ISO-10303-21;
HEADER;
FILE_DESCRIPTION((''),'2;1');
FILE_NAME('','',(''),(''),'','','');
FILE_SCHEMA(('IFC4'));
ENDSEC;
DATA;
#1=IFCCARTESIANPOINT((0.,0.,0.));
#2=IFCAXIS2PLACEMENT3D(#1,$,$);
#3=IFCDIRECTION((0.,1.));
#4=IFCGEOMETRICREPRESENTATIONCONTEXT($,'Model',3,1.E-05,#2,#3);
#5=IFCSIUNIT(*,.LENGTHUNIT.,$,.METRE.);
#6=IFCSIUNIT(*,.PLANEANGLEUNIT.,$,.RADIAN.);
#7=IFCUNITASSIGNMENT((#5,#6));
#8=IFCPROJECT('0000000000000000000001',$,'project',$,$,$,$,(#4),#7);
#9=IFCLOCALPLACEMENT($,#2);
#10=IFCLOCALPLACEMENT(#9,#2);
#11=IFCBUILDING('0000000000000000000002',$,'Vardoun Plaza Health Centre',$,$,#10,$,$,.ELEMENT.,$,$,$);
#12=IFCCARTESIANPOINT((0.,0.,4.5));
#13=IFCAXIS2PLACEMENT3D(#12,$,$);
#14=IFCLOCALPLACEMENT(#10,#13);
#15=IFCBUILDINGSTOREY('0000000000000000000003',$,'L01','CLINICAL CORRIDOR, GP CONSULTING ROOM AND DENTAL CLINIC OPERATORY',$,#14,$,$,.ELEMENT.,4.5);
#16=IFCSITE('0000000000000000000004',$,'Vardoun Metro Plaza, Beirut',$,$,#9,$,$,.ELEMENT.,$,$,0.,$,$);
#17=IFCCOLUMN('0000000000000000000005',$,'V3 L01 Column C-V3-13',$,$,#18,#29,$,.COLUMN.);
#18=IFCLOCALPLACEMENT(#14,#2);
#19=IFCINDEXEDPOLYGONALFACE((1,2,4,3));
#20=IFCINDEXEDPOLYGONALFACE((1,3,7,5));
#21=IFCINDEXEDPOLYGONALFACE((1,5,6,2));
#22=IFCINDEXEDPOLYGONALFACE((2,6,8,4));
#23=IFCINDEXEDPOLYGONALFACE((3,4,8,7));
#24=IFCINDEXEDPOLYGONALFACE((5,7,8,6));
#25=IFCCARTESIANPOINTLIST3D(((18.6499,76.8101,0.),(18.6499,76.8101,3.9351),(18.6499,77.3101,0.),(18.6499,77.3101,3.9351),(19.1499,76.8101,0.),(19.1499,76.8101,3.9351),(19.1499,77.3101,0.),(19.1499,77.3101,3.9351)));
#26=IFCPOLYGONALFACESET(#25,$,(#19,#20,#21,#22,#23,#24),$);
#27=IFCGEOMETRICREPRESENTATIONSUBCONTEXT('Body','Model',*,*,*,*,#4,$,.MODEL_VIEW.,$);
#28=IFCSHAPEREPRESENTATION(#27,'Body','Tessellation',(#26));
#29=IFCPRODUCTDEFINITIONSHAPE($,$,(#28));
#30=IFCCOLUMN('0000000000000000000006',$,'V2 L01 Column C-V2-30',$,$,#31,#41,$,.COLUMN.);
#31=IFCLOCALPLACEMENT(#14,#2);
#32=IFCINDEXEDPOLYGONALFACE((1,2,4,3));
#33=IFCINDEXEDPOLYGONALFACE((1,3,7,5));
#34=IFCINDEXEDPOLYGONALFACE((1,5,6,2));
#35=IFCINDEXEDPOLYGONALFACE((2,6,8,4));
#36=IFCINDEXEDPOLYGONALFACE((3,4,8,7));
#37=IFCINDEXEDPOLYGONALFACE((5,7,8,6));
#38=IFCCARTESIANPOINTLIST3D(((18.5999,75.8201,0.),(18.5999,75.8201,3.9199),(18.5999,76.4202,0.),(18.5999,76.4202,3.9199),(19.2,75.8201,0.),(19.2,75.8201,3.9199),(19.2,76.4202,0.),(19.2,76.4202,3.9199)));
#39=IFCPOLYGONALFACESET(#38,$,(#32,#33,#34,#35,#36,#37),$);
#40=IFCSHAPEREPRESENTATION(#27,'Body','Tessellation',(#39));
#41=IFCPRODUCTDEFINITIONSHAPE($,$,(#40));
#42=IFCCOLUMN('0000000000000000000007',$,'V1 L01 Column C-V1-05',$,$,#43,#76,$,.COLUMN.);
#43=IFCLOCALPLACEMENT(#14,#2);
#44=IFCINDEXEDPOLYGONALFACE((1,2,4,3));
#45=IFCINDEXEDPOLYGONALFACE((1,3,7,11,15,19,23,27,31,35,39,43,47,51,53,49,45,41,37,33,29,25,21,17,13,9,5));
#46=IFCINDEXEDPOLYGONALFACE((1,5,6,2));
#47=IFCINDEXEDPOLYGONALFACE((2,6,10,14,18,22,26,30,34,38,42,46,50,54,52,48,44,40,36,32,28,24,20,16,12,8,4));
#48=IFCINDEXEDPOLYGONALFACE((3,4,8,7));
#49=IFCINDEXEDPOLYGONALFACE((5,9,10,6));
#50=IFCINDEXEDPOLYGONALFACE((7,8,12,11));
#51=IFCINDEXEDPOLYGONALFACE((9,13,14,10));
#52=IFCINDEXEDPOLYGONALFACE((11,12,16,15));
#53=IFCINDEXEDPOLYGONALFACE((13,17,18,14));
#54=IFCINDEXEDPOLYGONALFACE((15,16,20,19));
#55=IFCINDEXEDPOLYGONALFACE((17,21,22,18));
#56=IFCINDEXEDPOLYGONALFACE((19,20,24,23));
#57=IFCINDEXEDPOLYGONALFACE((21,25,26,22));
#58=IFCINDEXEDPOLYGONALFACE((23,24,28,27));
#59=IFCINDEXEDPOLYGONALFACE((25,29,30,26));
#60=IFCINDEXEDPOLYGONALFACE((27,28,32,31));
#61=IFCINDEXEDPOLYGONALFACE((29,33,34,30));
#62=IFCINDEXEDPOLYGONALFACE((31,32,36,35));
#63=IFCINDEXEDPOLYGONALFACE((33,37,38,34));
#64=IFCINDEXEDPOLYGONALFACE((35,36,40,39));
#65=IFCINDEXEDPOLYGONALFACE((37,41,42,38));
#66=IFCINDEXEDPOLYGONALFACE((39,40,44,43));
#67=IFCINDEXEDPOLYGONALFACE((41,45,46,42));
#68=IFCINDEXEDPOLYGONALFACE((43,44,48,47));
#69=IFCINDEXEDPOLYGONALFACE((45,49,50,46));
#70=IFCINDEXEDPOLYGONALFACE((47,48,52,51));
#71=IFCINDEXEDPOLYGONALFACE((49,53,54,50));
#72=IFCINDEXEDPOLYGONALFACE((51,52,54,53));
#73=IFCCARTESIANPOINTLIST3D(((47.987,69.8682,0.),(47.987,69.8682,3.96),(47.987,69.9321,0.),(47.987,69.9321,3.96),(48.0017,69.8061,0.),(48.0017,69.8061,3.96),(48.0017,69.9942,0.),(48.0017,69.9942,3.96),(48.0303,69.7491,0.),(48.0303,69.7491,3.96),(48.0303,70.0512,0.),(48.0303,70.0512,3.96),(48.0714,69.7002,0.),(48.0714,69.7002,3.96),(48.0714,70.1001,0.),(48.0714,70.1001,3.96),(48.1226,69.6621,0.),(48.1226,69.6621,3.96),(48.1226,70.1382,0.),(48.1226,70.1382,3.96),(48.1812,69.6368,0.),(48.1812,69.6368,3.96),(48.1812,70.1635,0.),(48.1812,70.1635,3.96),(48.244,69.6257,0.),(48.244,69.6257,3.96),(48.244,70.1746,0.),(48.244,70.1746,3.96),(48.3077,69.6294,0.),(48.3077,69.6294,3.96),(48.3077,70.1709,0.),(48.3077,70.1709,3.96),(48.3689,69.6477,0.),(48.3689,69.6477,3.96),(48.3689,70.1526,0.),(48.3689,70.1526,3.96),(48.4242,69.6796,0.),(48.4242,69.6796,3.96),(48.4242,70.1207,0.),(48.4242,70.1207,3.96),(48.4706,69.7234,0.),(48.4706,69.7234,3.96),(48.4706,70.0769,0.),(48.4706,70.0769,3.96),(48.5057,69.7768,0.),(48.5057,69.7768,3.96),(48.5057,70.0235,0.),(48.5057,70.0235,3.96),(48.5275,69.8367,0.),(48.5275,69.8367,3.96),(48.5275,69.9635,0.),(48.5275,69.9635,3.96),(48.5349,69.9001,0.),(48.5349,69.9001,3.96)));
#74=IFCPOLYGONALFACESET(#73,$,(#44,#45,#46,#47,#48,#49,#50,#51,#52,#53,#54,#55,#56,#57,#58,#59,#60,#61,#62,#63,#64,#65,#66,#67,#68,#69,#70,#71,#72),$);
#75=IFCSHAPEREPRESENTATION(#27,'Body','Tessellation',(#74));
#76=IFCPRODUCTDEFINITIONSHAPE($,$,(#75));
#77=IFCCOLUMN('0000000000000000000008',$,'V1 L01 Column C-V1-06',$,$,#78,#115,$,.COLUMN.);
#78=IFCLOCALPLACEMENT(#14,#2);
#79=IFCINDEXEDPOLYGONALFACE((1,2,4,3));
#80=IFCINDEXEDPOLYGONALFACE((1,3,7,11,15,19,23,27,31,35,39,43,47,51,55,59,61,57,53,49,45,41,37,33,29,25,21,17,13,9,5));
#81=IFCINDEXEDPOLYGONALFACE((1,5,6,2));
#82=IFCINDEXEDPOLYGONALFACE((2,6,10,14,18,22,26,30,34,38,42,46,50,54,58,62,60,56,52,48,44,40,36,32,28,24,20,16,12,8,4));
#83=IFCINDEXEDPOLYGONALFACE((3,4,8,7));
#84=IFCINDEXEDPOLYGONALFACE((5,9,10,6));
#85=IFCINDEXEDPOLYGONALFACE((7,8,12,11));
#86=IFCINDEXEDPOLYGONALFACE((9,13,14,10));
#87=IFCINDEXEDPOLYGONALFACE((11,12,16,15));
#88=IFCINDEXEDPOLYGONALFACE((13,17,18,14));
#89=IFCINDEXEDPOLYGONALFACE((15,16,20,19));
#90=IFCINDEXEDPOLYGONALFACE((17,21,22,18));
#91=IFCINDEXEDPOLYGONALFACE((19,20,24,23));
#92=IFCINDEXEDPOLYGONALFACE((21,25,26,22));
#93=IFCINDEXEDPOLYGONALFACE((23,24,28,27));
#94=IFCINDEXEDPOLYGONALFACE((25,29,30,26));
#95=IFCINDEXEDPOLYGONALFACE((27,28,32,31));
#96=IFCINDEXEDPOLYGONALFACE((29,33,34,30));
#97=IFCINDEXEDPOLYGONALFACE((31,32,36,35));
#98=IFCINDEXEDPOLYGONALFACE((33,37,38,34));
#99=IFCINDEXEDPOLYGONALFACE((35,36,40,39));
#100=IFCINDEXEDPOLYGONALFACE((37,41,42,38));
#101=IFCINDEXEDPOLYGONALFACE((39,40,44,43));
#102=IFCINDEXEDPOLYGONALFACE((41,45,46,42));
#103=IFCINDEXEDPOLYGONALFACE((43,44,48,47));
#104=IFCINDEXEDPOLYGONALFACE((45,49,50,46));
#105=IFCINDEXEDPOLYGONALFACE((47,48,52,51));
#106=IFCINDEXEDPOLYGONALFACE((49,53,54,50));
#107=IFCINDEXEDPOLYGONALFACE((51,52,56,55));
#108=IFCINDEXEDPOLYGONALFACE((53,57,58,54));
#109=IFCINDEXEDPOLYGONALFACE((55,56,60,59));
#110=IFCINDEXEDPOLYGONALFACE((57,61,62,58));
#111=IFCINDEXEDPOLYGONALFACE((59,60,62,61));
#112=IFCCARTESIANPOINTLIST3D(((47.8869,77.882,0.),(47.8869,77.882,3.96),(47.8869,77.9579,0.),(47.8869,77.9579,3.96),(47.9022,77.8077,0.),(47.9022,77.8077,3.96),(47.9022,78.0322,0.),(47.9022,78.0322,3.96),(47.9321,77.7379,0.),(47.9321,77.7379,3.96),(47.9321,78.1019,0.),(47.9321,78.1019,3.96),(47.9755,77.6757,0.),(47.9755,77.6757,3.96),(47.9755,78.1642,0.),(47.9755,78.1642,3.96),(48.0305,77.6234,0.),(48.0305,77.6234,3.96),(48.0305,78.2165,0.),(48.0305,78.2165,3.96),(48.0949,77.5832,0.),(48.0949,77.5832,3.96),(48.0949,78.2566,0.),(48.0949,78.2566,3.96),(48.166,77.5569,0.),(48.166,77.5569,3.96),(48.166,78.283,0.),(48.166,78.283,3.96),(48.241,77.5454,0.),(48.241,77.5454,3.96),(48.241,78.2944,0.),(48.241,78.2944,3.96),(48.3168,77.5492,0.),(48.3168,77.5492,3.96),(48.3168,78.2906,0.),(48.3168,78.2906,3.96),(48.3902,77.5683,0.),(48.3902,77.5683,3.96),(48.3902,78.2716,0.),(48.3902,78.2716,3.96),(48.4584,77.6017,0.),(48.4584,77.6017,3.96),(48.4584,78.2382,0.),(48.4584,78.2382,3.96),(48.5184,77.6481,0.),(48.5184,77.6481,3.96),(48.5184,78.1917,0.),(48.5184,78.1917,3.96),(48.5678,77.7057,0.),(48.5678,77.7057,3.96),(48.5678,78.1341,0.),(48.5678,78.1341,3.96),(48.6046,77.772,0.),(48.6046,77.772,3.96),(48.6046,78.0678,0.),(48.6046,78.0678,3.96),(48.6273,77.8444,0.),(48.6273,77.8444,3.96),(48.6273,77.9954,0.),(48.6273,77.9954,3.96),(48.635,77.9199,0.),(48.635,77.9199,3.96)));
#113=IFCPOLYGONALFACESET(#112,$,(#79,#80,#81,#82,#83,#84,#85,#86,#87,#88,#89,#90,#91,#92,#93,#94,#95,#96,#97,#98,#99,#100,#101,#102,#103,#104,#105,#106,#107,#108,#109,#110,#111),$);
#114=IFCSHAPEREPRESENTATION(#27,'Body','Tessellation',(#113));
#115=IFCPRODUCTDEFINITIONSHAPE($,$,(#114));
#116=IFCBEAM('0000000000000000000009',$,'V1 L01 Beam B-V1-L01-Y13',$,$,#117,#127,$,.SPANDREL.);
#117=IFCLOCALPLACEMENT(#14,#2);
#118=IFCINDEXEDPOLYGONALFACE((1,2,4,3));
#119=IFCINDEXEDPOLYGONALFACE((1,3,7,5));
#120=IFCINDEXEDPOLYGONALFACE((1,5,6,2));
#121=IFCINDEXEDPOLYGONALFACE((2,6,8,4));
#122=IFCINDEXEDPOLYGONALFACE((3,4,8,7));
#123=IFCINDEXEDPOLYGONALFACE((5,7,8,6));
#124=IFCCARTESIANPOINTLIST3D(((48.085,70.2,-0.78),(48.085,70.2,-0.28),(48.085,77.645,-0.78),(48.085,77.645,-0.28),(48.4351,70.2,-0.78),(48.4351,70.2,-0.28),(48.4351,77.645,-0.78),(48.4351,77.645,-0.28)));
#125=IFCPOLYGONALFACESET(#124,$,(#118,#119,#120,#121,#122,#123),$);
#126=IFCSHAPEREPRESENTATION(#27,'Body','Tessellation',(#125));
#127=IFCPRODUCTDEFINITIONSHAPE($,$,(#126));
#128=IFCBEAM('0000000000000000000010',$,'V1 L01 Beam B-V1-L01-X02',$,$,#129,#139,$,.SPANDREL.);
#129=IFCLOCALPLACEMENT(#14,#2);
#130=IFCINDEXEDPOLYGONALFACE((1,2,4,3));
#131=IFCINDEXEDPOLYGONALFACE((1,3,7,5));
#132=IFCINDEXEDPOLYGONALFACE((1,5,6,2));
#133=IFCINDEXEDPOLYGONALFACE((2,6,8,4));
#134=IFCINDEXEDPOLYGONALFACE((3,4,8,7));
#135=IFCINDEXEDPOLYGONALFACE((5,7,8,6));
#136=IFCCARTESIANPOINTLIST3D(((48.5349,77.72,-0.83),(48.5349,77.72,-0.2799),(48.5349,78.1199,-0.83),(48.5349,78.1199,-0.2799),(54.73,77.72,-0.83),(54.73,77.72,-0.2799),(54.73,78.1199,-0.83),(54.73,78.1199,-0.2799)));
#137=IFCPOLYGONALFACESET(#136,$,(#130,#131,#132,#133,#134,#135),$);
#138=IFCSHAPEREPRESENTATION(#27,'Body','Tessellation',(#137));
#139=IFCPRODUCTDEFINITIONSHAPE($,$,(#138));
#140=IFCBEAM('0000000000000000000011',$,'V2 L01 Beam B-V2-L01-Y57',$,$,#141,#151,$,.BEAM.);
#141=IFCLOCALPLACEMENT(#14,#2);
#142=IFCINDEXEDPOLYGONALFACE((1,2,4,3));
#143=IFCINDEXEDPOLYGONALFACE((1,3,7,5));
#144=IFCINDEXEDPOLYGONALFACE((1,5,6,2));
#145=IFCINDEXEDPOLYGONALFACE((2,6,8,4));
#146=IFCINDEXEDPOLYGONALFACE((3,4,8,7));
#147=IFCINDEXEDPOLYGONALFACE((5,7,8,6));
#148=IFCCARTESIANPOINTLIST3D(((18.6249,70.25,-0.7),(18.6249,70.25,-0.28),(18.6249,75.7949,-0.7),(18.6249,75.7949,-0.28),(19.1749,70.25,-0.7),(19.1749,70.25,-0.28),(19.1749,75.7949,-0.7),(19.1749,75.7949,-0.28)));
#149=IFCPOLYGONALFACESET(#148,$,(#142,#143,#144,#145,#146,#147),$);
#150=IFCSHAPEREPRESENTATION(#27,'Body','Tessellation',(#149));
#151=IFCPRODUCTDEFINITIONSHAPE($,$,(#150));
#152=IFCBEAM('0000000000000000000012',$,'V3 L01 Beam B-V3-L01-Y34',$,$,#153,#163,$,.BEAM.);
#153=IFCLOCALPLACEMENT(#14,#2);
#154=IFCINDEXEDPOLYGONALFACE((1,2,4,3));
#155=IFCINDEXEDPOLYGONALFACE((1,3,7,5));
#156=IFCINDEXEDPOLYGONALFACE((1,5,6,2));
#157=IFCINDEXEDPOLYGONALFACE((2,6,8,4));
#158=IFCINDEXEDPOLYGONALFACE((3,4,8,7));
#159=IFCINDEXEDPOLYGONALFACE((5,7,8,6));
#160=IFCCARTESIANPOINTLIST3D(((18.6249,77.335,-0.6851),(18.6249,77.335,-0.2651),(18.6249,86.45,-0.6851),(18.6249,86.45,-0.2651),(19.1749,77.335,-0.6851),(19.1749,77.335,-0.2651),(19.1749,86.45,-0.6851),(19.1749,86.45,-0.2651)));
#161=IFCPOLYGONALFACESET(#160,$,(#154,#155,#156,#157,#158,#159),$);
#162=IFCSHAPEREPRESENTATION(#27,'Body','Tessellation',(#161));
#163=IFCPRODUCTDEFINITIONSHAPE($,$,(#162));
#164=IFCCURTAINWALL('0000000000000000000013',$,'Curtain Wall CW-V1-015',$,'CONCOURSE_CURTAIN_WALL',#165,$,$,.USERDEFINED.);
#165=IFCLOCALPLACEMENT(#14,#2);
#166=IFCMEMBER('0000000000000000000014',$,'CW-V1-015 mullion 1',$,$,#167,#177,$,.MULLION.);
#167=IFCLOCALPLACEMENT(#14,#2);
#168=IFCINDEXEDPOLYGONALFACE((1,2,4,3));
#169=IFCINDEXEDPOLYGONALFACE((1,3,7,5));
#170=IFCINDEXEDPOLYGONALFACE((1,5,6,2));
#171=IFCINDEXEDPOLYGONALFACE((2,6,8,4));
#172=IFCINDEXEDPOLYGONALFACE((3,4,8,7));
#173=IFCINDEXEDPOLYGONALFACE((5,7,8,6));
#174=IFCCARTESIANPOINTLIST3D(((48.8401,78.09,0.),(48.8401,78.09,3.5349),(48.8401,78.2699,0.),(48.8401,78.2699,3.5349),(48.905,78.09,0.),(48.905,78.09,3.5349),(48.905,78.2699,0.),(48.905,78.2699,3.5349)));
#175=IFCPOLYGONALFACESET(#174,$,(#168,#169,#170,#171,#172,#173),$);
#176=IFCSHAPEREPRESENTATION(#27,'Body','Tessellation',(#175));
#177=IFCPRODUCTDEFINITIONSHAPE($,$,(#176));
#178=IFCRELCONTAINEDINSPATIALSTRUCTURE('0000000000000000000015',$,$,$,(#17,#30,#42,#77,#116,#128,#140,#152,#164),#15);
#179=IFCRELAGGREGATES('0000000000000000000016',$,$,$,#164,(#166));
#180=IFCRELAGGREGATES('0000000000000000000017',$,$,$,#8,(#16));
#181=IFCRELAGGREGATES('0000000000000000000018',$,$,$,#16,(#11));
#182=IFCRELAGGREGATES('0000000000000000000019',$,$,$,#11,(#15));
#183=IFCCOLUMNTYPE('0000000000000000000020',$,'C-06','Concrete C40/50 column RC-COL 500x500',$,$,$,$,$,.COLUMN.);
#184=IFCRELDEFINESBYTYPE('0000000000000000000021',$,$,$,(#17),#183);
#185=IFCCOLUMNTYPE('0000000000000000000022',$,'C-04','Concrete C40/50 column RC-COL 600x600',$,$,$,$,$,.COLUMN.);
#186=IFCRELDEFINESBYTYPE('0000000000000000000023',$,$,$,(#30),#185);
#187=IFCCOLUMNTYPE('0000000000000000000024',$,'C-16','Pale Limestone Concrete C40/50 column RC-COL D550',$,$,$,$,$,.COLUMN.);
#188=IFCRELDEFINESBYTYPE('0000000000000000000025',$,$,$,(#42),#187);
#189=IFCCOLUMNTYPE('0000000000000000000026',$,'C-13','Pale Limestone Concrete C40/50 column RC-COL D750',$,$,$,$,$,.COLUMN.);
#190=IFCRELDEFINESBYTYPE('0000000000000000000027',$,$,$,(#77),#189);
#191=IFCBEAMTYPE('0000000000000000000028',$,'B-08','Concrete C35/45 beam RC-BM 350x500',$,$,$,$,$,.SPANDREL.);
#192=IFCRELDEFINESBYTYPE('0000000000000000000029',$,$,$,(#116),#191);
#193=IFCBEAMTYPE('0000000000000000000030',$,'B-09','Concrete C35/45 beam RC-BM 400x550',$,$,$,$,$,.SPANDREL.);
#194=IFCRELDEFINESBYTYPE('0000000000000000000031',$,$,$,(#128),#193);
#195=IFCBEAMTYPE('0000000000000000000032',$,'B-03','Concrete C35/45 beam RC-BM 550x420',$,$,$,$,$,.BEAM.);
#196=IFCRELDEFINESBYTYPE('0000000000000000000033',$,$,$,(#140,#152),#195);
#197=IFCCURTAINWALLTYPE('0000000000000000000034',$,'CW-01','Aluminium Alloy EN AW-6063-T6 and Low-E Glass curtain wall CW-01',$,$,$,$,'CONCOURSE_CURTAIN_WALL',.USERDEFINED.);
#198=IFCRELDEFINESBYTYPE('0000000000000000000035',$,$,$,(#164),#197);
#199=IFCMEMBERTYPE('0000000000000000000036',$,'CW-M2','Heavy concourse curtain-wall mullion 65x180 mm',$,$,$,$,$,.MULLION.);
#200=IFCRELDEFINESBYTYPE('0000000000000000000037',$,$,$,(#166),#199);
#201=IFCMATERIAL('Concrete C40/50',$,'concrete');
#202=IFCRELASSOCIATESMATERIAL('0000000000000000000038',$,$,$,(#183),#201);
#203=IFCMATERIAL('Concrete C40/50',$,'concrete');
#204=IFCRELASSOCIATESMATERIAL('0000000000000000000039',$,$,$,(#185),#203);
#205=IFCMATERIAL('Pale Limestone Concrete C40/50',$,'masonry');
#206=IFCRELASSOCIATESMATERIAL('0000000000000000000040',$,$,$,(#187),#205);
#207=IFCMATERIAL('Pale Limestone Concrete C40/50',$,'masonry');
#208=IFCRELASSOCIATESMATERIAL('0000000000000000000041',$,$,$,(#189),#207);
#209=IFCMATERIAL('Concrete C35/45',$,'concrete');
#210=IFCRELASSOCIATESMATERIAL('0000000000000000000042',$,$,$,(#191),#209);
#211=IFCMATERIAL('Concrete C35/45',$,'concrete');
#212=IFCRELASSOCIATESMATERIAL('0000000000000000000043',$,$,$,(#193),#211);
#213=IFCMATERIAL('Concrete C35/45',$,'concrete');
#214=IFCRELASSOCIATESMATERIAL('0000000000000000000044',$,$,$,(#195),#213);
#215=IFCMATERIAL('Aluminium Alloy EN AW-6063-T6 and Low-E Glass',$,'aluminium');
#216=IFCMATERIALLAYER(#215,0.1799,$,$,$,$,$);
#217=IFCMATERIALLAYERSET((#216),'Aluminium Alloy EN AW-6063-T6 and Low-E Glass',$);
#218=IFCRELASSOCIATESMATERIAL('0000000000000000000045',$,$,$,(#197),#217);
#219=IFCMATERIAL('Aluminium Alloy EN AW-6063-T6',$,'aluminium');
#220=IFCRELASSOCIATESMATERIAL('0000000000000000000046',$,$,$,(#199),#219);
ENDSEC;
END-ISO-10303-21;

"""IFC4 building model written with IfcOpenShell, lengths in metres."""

from ifc_helpers import new_model, si_unit, direction, frame, origin, origin_2d, place, context, subcontext, project, spatial, rectangle, circle, extrude, material, layer, layer_set, material_profile, profile_set, type_object, element, aggregate, save


model = new_model("IFC4")

# Units and contexts
model_context = context("Model", 3, precision=1e-05, world=origin(), true_north=direction((0.0, 1.0)))
body_context = subcontext(model_context, "Body", "Model", "MODEL_VIEW")
ifc_project = project(units=[si_unit("LENGTHUNIT", "METRE"), si_unit("PLANEANGLEUNIT", "RADIAN")], contexts=[model_context])

# Site, building, storey
site_placement = place(None, origin())
site = spatial("IfcSite", under=ifc_project, at=site_placement, Name="Vardoun Metro Plaza, Beirut", CompositionType="ELEMENT", RefElevation=0.0)
building_placement = place(site_placement, origin())
building = spatial("IfcBuilding", under=site, at=building_placement, Name="Vardoun Plaza Health Centre", CompositionType="ELEMENT")
storey_placement = place(building_placement, frame((0.0, 0.0, 4.5)))
storey = spatial("IfcBuildingStorey", under=building, at=storey_placement, Name="L01", Description="CLINICAL CORRIDOR, GP CONSULTING ROOM AND DENTAL CLINIC OPERATORY", CompositionType="ELEMENT", Elevation=4.5)

# Columns
ifc_material_1 = material(Name="Concrete C40/50", Category="concrete")
ifc_material_profile_1 = material_profile(ifc_material_1, rectangle(XDim=0.5, YDim=0.5, at=origin_2d()), Name="RC-COL 500x500")
ifc_profile_set_1 = profile_set([ifc_material_profile_1], Name="Concrete C40/50")
column_type_1 = type_object("IfcColumnType", Name="C-06", Description="Concrete C40/50 column RC-COL 500x500", PredefinedType="COLUMN", material=ifc_profile_set_1)
column_1_placement = place(storey_placement, frame((18.8999, 77.0601, 0.0), z_axis=(0.0, 0.0, 1.0), x_axis=(1.0, 0.0, 0.0)))
element("IfcColumn", 1, at=column_1_placement, inside=storey, type_object=column_type_1, Name="V3 L01 Column C-V3-13", PredefinedType="COLUMN", context=body_context, shape_type="SweptSolid", body=[
    extrude(rectangle(XDim=0.5, YDim=0.5, at=origin_2d()), origin(), (0.0, 0.0, 1.0), 3.9351),
])
ifc_material_2 = material(Name="Concrete C40/50", Category="concrete")
ifc_material_profile_2 = material_profile(ifc_material_2, rectangle(XDim=0.6001, YDim=0.6001, at=origin_2d()), Name="RC-COL 600x600")
ifc_profile_set_2 = profile_set([ifc_material_profile_2], Name="Concrete C40/50")
column_type_2 = type_object("IfcColumnType", Name="C-04", Description="Concrete C40/50 column RC-COL 600x600", PredefinedType="COLUMN", material=ifc_profile_set_2)
column_2_placement = place(storey_placement, frame((18.8999, 76.1201, 0.0), z_axis=(0.0, 0.0, 1.0), x_axis=(1.0, 0.0, 0.0)))
element("IfcColumn", 2, at=column_2_placement, inside=storey, type_object=column_type_2, Name="V2 L01 Column C-V2-30", PredefinedType="COLUMN", context=body_context, shape_type="SweptSolid", body=[
    extrude(rectangle(XDim=0.6001, YDim=0.6001, at=origin_2d()), origin(), (0.0, 0.0, 1.0), 3.9199),
])
ifc_material_3 = material(Name="Pale Limestone Concrete C40/50", Category="masonry")
ifc_material_profile_3 = material_profile(ifc_material_3, circle(Radius=0.2749, at=origin_2d()), Name="RC-COL D550")
ifc_profile_set_3 = profile_set([ifc_material_profile_3], Name="Pale Limestone Concrete C40/50")
column_type_3 = type_object("IfcColumnType", Name="C-16", Description="Pale Limestone Concrete C40/50 column RC-COL D550", PredefinedType="COLUMN", material=ifc_profile_set_3)
column_3_placement = place(storey_placement, frame((48.26, 69.9001, 0.0), z_axis=(0.0, 0.0, 1.0), x_axis=(1.0, 0.0, 0.0)))
element("IfcColumn", 3, at=column_3_placement, inside=storey, type_object=column_type_3, Name="V1 L01 Column C-V1-05", PredefinedType="COLUMN", context=body_context, shape_type="SweptSolid", body=[
    extrude(circle(Radius=0.2749, at=origin_2d()), origin(), (0.0, 0.0, 1.0), 3.96),
])
ifc_material_4 = material(Name="Pale Limestone Concrete C40/50", Category="masonry")
ifc_material_profile_4 = material_profile(ifc_material_4, circle(Radius=0.375, at=origin_2d()), Name="RC-COL D750")
ifc_profile_set_4 = profile_set([ifc_material_profile_4], Name="Pale Limestone Concrete C40/50")
column_type_4 = type_object("IfcColumnType", Name="C-13", Description="Pale Limestone Concrete C40/50 column RC-COL D750", PredefinedType="COLUMN", material=ifc_profile_set_4)
column_4_placement = place(storey_placement, frame((48.26, 77.9199, 0.0), z_axis=(0.0, 0.0, 1.0), x_axis=(1.0, 0.0, 0.0)))
element("IfcColumn", 4, at=column_4_placement, inside=storey, type_object=column_type_4, Name="V1 L01 Column C-V1-06", PredefinedType="COLUMN", context=body_context, shape_type="SweptSolid", body=[
    extrude(circle(Radius=0.375, at=origin_2d()), origin(), (0.0, 0.0, 1.0), 3.96),
])

# Beams
ifc_material_5 = material(Name="Concrete C35/45", Category="concrete")
ifc_material_profile_5 = material_profile(ifc_material_5, rectangle(XDim=0.3501, YDim=0.5, at=origin_2d()), Name="RC-BM 350x500")
ifc_profile_set_5 = profile_set([ifc_material_profile_5], Name="Concrete C35/45")
beam_type_1 = type_object("IfcBeamType", Name="B-08", Description="Concrete C35/45 beam RC-BM 350x500", PredefinedType="SPANDREL", material=ifc_profile_set_5)
beam_1_placement = place(storey_placement, frame((48.26, 70.2, -0.53), z_axis=(0.0, 1.0, 0.0), x_axis=(-1.0, 0.0, 0.0)))
element("IfcBeam", 5, at=beam_1_placement, inside=storey, type_object=beam_type_1, Name="V1 L01 Beam B-V1-L01-Y13", PredefinedType="SPANDREL", context=body_context, shape_type="SweptSolid", body=[
    extrude(rectangle(XDim=0.3501, YDim=0.5, at=origin_2d()), origin(), (0.0, 0.0, 1.0), 7.4451),
])
ifc_material_6 = material(Name="Concrete C35/45", Category="concrete")
ifc_material_profile_6 = material_profile(ifc_material_6, rectangle(XDim=0.3999, YDim=0.55, at=origin_2d()), Name="RC-BM 400x550")
ifc_profile_set_6 = profile_set([ifc_material_profile_6], Name="Concrete C35/45")
beam_type_2 = type_object("IfcBeamType", Name="B-09", Description="Concrete C35/45 beam RC-BM 400x550", PredefinedType="SPANDREL", material=ifc_profile_set_6)
beam_2_placement = place(storey_placement, frame((48.5349, 77.9199, -0.5549), z_axis=(1.0, 0.0, 0.0), x_axis=(0.0, 1.0, 0.0)))
element("IfcBeam", 6, at=beam_2_placement, inside=storey, type_object=beam_type_2, Name="V1 L01 Beam B-V1-L01-X02", PredefinedType="SPANDREL", context=body_context, shape_type="SweptSolid", body=[
    extrude(rectangle(XDim=0.3999, YDim=0.55, at=origin_2d()), origin(), (0.0, 0.0, 1.0), 6.1951),
])
ifc_material_7 = material(Name="Concrete C35/45", Category="concrete")
ifc_material_profile_7 = material_profile(ifc_material_7, rectangle(XDim=0.55, YDim=0.4199, at=origin_2d()), Name="RC-BM 550x420")
ifc_profile_set_7 = profile_set([ifc_material_profile_7], Name="Concrete C35/45")
beam_type_3 = type_object("IfcBeamType", Name="B-03", Description="Concrete C35/45 beam RC-BM 550x420", PredefinedType="BEAM", material=ifc_profile_set_7)
beam_3_placement = place(storey_placement, frame((18.8999, 70.25, -0.49), z_axis=(0.0, 1.0, 0.0), x_axis=(-1.0, 0.0, 0.0)))
element("IfcBeam", 7, at=beam_3_placement, inside=storey, type_object=beam_type_3, Name="V2 L01 Beam B-V2-L01-Y57", PredefinedType="BEAM", context=body_context, shape_type="SweptSolid", body=[
    extrude(rectangle(XDim=0.55, YDim=0.4199, at=origin_2d()), origin(), (0.0, 0.0, 1.0), 5.5449),
])
beam_4_placement = place(storey_placement, frame((18.8999, 77.335, -0.4751), z_axis=(0.0, 1.0, 0.0), x_axis=(-1.0, 0.0, 0.0)))
element("IfcBeam", 8, at=beam_4_placement, inside=storey, type_object=beam_type_3, Name="V3 L01 Beam B-V3-L01-Y34", PredefinedType="BEAM", context=body_context, shape_type="SweptSolid", body=[
    extrude(rectangle(XDim=0.55, YDim=0.4199, at=origin_2d()), origin(), (0.0, 0.0, 1.0), 9.115),
])

# Curtain wall, member
ifc_material_8 = material(Name="Aluminium Alloy EN AW-6063-T6 and Low-E Glass", Category="aluminium")
ifc_layer_1 = layer(ifc_material_8, 0.1799)
ifc_layer_set_1 = layer_set([ifc_layer_1], Name="Aluminium Alloy EN AW-6063-T6 and Low-E Glass")
curtain_wall_type = type_object("IfcCurtainWallType", Name="CW-01", Description="Aluminium Alloy EN AW-6063-T6 and Low-E Glass curtain wall CW-01", ElementType="CONCOURSE_CURTAIN_WALL", PredefinedType="USERDEFINED", material=ifc_layer_set_1)
curtain_wall_placement = place(storey_placement, origin())
curtain_wall = element("IfcCurtainWall", 9, at=curtain_wall_placement, inside=storey, type_object=curtain_wall_type, Name="Curtain Wall CW-V1-015", ObjectType="CONCOURSE_CURTAIN_WALL", PredefinedType="USERDEFINED")
ifc_material_9 = material(Name="Aluminium Alloy EN AW-6063-T6", Category="aluminium")
ifc_material_profile_8 = material_profile(ifc_material_9, rectangle(XDim=0.1799, YDim=0.0649, at=origin_2d()), Name="CWM 65x180")
ifc_profile_set_8 = profile_set([ifc_material_profile_8], Name="Aluminium Alloy EN AW-6063-T6")
member_type_1 = type_object("IfcMemberType", Name="CW-M2", Description="Heavy concourse curtain-wall mullion 65x180 mm", PredefinedType="MULLION", material=ifc_profile_set_8)
member_1_placement = place(storey_placement, frame((48.8726, 78.1799, 0.0), z_axis=(0.0, 0.0, 1.0), x_axis=(0.0, 1.0, 0.0)))
member_1 = element("IfcMember", 10, at=member_1_placement, type_object=member_type_1, Name="CW-V1-015 mullion 1", PredefinedType="MULLION", context=body_context, shape_type="SweptSolid", body=[
    extrude(rectangle(XDim=0.1799, YDim=0.0649, at=origin_2d()), origin(), (0.0, 0.0, 1.0), 3.5349),
])
aggregate(curtain_wall, [member_1])

save(model, "model.ifc")
